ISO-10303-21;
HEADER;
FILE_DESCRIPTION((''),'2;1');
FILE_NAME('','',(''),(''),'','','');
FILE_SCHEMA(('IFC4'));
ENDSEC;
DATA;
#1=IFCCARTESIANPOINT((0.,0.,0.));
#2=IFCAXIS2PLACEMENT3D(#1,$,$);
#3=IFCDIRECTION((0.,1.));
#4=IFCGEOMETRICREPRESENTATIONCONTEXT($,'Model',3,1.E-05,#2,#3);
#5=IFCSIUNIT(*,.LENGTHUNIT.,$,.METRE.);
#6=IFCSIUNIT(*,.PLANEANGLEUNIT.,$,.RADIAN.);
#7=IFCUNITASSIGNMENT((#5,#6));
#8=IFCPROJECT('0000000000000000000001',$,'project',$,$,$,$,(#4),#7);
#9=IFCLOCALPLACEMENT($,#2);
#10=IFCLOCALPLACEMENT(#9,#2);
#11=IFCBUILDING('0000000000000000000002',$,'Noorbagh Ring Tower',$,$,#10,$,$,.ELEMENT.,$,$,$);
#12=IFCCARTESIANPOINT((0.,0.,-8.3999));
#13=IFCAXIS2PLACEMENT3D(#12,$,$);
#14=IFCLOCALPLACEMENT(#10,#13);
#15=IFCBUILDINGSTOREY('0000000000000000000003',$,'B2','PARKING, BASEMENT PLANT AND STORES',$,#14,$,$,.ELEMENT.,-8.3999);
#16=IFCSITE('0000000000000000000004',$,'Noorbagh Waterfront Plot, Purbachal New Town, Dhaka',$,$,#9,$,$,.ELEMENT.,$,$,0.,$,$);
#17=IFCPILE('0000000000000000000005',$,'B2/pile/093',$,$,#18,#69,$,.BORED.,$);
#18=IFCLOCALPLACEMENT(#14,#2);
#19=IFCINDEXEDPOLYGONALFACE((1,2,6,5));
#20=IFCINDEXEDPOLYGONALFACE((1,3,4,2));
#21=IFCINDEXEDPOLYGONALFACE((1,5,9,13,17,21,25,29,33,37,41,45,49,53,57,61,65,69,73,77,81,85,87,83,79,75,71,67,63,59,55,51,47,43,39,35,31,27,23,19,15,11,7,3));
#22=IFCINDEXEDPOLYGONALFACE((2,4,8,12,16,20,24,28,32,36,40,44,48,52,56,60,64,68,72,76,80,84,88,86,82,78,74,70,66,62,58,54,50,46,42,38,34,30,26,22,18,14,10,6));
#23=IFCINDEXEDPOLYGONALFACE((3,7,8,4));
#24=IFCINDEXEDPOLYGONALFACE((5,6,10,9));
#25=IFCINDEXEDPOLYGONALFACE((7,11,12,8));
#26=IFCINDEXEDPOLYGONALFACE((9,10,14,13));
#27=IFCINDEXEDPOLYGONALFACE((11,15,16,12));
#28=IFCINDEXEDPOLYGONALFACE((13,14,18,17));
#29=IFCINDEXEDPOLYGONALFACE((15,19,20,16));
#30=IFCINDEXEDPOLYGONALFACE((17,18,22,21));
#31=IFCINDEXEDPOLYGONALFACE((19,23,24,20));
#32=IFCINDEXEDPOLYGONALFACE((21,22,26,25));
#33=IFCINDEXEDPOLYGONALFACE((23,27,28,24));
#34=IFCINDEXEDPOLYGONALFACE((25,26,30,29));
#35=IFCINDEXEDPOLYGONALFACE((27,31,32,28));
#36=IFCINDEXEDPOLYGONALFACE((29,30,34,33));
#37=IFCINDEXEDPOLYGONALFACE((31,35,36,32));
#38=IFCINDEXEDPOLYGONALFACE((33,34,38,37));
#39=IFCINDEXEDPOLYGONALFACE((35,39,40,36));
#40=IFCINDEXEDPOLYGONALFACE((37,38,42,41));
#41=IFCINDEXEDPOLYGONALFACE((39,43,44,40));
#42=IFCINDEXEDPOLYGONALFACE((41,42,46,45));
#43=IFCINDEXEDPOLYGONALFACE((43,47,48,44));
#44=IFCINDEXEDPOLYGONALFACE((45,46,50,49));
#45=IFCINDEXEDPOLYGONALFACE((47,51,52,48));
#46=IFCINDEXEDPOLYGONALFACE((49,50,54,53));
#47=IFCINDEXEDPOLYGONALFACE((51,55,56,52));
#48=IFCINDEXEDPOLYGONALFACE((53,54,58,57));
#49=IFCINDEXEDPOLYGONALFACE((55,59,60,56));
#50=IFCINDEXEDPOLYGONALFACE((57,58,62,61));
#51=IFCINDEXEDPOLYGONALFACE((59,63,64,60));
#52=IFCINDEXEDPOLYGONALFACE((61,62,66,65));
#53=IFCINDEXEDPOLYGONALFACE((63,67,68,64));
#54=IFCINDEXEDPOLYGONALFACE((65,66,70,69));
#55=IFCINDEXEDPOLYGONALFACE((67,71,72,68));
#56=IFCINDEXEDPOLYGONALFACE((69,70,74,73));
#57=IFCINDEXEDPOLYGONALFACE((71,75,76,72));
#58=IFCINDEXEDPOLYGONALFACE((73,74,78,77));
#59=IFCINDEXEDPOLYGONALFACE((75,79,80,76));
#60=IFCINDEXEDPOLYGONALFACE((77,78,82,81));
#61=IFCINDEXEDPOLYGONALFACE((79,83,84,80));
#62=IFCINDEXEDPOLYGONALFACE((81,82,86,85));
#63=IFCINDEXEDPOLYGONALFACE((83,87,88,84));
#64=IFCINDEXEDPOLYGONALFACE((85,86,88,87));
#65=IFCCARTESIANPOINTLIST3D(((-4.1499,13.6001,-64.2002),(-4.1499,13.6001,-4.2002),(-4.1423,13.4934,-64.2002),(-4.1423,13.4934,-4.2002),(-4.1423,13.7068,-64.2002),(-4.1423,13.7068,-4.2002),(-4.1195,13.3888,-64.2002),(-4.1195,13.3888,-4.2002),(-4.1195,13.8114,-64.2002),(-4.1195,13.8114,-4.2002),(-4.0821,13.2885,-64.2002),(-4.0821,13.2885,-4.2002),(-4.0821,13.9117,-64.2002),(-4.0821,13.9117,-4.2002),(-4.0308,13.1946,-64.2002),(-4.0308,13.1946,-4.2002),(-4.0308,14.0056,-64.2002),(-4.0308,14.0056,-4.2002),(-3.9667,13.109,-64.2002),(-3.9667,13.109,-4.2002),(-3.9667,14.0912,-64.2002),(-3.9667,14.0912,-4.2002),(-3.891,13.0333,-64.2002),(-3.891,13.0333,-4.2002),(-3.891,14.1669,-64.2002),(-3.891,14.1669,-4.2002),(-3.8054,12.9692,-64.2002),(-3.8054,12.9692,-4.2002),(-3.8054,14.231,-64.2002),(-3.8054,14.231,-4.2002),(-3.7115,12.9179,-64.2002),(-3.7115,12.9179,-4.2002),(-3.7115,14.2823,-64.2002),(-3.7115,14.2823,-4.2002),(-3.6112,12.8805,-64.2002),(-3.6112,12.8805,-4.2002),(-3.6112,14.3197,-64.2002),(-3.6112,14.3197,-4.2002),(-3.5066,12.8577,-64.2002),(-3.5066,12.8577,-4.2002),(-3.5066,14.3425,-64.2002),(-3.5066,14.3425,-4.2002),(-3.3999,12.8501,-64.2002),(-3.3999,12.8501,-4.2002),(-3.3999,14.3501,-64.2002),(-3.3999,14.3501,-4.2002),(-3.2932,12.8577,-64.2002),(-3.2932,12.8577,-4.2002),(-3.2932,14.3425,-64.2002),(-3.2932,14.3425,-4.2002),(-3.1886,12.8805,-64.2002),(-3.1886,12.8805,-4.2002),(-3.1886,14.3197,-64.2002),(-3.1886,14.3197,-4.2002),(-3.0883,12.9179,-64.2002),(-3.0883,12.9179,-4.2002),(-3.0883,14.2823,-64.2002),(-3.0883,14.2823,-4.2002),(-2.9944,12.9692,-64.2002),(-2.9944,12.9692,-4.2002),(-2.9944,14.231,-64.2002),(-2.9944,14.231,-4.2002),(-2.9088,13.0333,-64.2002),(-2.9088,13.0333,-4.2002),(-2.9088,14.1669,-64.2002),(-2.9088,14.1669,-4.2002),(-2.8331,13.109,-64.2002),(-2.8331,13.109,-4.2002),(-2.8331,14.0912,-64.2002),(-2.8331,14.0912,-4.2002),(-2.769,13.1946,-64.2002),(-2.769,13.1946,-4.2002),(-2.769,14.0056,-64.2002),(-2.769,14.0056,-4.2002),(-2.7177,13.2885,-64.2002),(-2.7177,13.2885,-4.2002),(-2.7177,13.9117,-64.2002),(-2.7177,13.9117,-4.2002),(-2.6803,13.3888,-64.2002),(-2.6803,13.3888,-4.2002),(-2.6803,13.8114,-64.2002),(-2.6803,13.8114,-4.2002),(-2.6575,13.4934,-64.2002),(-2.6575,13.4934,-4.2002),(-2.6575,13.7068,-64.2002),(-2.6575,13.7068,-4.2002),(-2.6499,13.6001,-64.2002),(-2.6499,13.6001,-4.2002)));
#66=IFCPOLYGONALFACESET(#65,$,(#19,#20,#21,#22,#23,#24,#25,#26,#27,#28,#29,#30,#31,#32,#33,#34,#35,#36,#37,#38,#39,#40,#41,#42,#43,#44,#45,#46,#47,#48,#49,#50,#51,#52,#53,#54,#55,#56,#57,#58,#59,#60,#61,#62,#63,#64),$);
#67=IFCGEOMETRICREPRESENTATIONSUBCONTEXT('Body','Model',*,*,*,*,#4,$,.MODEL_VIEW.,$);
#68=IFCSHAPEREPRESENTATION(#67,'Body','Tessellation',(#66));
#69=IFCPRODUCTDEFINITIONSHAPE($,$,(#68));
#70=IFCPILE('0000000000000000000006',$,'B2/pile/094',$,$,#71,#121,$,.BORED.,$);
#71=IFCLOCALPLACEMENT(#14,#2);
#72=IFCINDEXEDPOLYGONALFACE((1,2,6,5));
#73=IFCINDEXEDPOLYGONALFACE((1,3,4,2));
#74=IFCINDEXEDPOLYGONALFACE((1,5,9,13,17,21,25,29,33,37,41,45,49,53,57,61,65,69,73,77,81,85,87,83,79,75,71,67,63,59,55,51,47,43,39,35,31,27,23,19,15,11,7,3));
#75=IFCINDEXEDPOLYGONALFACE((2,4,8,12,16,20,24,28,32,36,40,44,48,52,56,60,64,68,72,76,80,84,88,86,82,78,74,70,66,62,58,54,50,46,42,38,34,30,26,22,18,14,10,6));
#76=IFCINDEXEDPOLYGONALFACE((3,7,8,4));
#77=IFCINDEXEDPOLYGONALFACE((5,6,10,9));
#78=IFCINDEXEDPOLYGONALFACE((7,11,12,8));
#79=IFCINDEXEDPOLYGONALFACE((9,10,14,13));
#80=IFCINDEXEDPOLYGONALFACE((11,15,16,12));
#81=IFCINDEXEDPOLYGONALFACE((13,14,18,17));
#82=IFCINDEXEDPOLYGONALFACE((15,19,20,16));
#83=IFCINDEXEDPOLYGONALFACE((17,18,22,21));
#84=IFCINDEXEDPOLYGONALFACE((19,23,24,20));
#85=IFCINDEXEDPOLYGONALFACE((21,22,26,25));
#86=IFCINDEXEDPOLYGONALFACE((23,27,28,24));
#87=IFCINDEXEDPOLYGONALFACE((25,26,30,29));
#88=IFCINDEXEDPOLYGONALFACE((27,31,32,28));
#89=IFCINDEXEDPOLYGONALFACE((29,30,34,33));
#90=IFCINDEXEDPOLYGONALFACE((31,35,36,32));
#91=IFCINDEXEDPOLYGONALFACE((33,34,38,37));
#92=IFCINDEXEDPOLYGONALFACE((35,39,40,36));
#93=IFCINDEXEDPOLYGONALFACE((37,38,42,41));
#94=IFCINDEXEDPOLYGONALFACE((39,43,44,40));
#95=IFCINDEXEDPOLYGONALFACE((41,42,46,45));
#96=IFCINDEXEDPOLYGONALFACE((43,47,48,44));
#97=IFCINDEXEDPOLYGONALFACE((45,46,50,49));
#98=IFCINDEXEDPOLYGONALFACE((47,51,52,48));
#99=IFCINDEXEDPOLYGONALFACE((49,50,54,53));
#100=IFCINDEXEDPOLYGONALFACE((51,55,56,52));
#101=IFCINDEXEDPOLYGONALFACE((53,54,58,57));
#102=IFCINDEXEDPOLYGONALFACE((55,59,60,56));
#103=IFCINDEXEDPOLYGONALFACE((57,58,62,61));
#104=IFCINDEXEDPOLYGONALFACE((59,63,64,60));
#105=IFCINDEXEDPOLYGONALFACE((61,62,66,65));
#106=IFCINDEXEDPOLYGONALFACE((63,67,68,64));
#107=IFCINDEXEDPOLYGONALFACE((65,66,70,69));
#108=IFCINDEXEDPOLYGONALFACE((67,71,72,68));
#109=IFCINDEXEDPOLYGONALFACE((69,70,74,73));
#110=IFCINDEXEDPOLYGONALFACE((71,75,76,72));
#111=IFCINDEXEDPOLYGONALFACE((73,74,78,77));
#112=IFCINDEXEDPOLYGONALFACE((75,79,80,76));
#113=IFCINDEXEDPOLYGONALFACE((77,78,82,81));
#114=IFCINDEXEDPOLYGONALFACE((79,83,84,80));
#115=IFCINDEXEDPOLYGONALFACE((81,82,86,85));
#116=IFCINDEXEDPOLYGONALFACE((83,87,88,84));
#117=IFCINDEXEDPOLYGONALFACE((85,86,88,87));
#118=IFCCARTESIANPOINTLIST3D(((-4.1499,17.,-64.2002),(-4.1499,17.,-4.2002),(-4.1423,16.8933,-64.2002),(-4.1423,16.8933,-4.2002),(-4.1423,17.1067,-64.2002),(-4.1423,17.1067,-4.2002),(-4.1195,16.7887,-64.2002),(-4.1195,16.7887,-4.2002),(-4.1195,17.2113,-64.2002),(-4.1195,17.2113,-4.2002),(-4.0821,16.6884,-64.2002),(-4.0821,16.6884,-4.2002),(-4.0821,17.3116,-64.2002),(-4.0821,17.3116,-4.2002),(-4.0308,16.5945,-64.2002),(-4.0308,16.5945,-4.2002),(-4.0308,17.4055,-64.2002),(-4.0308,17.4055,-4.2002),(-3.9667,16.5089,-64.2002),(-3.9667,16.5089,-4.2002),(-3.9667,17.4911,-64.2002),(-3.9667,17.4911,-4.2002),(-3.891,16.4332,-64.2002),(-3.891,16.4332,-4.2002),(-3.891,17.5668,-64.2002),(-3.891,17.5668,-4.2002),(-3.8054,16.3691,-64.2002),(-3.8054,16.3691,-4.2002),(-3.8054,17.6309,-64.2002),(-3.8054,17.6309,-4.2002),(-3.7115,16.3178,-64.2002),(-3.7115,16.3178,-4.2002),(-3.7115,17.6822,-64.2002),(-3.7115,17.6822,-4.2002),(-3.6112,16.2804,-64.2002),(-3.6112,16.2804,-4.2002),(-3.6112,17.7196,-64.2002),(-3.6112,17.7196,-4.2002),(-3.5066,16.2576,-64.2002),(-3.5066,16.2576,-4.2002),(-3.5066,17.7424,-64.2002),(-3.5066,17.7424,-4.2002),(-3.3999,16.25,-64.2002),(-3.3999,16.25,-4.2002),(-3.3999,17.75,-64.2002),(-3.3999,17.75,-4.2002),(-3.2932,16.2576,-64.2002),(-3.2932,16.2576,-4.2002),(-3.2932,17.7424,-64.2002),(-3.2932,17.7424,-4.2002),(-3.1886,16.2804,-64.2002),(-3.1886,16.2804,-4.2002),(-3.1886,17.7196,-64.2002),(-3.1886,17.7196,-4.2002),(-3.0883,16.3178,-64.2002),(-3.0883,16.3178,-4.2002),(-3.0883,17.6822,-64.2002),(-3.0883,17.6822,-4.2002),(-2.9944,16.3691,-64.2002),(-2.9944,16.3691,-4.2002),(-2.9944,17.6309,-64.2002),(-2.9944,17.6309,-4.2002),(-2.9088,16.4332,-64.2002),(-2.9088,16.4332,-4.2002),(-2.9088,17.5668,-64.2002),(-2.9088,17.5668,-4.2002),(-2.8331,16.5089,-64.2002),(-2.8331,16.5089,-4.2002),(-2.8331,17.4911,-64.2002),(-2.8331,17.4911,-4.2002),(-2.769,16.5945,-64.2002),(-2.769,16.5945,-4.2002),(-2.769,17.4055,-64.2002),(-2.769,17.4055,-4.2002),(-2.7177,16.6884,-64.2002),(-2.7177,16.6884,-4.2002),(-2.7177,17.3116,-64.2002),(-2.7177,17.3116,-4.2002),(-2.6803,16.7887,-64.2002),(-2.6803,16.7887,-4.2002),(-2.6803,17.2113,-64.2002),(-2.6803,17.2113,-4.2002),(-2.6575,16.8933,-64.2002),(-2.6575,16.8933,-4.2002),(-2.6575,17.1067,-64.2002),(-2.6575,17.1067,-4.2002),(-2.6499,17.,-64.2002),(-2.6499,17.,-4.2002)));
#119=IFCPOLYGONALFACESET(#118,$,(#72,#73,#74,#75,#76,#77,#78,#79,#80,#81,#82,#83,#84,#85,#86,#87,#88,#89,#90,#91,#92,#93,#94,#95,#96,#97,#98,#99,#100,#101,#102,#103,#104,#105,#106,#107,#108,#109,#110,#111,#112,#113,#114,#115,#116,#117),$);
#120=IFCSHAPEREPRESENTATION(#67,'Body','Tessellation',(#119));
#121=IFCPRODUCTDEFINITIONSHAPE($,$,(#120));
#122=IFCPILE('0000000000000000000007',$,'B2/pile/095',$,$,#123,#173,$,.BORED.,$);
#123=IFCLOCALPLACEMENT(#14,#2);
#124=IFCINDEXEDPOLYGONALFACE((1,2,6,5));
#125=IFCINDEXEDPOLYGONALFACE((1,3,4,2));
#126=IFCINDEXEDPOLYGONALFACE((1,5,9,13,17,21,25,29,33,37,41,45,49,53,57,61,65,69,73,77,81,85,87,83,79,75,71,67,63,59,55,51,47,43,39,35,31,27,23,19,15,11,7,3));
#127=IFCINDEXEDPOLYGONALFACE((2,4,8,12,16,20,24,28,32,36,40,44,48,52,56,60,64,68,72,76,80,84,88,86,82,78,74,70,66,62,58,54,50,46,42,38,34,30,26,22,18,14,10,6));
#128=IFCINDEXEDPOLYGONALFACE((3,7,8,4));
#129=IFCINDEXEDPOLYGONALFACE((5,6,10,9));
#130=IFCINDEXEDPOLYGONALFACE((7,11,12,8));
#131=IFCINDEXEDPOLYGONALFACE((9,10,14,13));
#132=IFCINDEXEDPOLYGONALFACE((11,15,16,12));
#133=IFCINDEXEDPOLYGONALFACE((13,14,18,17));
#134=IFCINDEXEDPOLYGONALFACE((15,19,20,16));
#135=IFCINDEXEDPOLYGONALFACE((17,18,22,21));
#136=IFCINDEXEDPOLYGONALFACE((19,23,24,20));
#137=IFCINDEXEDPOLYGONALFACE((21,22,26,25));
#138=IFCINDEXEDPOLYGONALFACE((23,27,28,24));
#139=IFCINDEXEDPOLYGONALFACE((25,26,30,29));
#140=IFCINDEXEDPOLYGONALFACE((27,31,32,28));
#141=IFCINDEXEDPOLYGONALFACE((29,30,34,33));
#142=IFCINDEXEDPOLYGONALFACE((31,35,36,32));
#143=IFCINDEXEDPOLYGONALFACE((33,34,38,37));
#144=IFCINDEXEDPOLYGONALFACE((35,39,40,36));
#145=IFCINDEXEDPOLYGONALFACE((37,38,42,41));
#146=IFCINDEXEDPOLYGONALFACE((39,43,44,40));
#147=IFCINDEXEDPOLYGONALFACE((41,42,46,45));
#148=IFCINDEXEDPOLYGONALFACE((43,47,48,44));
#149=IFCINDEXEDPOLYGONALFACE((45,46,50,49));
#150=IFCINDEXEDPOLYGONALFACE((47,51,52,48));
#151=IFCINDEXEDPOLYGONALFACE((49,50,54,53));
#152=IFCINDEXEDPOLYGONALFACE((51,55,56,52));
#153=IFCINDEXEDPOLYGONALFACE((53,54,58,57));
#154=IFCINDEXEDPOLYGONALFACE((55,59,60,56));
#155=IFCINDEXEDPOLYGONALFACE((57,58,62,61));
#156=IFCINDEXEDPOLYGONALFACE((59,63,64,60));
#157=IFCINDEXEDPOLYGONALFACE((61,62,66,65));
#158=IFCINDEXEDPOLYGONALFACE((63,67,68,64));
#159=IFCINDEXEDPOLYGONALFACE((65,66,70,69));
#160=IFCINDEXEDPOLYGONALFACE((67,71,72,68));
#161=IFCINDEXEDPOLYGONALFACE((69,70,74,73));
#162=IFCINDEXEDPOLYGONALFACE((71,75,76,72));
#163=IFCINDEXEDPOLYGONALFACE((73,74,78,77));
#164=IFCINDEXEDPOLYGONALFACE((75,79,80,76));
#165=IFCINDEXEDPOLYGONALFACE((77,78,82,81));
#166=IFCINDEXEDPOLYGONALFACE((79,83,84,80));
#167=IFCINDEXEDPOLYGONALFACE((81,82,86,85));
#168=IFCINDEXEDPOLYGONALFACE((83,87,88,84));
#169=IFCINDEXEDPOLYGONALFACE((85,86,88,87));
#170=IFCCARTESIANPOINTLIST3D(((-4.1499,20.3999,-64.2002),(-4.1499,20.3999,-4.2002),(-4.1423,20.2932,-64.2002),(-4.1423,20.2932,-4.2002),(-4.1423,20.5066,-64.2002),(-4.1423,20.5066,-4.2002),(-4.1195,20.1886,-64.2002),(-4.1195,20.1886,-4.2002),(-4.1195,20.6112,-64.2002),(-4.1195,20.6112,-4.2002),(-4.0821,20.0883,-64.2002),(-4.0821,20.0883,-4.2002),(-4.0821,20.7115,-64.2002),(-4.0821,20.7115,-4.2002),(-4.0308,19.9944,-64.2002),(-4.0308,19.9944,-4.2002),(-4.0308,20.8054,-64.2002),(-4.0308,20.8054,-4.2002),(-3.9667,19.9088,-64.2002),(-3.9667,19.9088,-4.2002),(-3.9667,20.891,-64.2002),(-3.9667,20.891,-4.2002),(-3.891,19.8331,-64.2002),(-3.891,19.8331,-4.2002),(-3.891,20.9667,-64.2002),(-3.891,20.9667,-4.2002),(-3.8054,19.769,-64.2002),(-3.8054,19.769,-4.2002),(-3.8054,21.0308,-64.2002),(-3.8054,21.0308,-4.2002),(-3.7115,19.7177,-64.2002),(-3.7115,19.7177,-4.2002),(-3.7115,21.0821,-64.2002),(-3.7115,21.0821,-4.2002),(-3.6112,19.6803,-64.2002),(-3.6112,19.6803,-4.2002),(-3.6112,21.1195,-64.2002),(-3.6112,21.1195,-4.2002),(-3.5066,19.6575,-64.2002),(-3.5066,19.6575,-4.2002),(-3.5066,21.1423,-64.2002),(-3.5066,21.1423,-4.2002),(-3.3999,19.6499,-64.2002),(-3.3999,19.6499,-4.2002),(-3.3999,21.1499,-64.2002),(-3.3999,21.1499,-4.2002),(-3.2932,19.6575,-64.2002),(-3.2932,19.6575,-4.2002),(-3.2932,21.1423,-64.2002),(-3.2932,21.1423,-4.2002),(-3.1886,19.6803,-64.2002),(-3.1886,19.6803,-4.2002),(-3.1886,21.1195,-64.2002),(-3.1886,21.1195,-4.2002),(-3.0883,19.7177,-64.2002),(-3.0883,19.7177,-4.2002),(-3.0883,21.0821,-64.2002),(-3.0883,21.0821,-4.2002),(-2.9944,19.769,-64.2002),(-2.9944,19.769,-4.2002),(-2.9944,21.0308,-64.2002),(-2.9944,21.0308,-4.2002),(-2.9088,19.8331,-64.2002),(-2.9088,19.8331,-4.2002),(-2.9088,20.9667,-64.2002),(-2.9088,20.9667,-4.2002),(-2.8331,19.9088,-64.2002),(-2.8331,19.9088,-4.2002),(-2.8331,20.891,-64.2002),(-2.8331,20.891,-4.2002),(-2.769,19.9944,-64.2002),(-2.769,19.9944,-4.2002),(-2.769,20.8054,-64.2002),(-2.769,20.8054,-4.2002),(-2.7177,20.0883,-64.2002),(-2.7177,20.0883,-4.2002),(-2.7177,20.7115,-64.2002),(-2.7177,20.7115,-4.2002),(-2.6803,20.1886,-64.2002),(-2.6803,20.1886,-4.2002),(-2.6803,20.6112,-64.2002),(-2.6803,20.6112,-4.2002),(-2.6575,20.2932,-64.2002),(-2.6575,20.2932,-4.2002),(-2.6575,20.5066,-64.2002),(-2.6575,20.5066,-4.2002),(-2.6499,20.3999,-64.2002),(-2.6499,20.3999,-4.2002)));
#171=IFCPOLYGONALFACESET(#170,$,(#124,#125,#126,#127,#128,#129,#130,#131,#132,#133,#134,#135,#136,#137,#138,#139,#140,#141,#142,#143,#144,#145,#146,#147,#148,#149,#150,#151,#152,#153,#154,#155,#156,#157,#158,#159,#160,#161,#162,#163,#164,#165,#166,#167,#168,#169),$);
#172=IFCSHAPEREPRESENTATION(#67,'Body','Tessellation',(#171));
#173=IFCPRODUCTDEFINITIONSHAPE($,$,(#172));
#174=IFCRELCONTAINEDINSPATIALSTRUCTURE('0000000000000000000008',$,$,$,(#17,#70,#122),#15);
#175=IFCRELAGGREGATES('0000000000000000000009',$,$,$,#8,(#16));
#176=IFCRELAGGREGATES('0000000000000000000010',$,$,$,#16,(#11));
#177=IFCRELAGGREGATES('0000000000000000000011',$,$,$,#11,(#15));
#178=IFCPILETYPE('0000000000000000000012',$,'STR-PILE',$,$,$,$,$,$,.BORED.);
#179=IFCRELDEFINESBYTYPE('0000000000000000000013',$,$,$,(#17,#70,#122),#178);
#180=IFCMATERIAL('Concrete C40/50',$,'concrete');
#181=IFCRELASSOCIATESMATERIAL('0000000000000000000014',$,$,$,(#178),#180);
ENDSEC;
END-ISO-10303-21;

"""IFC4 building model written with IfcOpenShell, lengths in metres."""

from ifc_helpers import new_model, si_unit, direction, frame, origin, origin_2d, place, context, subcontext, project, spatial, circle, extrude, material, material_profile, profile_set, type_object, element, save


model = new_model("IFC4")

# Units and contexts
model_context = context("Model", 3, precision=1e-05, world=origin(), true_north=direction((0.0, 1.0)))
body_context = subcontext(model_context, "Body", "Model", "MODEL_VIEW")
ifc_project = project(units=[si_unit("LENGTHUNIT", "METRE"), si_unit("PLANEANGLEUNIT", "RADIAN")], contexts=[model_context])

# Site, building, storey
site_placement = place(None, origin())
site = spatial("IfcSite", under=ifc_project, at=site_placement, Name="Noorbagh Waterfront Plot, Purbachal New Town, Dhaka", CompositionType="ELEMENT", RefElevation=0.0)
building_placement = place(site_placement, origin())
building = spatial("IfcBuilding", under=site, at=building_placement, Name="Noorbagh Ring Tower", CompositionType="ELEMENT")
storey_placement = place(building_placement, frame((0.0, 0.0, -8.3999)))
storey = spatial("IfcBuildingStorey", under=building, at=storey_placement, Name="B2", Description="PARKING, BASEMENT PLANT AND STORES", CompositionType="ELEMENT", Elevation=-8.3999)

# Piles
ifc_material_1 = material(Name="Concrete C40/50", Category="concrete")
ifc_material_profile_1 = material_profile(ifc_material_1, circle(Radius=0.75, at=origin_2d()), Name="PILE1500")
ifc_profile_set_1 = profile_set([ifc_material_profile_1], Name="Concrete C40/50")
pile_type = type_object("IfcPileType", Name="STR-PILE", PredefinedType="BORED", material=ifc_profile_set_1)
for number, where, z_axis, x_axis, name in (
    (1, (-3.3999, 13.6001, -4.2002), (0.0, 0.0, -1.0), (1.0, 0.0, 0.0), "B2/pile/093"),
    (2, (-3.3999, 17.0, -4.2002), (0.0, 0.0, -1.0), (1.0, 0.0, 0.0), "B2/pile/094"),
    (3, (-3.3999, 20.3999, -4.2002), (0.0, 0.0, -1.0), (1.0, 0.0, 0.0), "B2/pile/095"),
):
    element("IfcPile", number, at=place(storey_placement, frame(where, z_axis=z_axis, x_axis=x_axis)), inside=storey, type_object=pile_type, Name=name, PredefinedType="BORED", context=body_context, shape_type="SweptSolid", body=[
        extrude(circle(Radius=0.75, at=origin_2d()), origin(), (0.0, 0.0, 1.0), 60.0),
    ])

save(model, "model.ifc")
